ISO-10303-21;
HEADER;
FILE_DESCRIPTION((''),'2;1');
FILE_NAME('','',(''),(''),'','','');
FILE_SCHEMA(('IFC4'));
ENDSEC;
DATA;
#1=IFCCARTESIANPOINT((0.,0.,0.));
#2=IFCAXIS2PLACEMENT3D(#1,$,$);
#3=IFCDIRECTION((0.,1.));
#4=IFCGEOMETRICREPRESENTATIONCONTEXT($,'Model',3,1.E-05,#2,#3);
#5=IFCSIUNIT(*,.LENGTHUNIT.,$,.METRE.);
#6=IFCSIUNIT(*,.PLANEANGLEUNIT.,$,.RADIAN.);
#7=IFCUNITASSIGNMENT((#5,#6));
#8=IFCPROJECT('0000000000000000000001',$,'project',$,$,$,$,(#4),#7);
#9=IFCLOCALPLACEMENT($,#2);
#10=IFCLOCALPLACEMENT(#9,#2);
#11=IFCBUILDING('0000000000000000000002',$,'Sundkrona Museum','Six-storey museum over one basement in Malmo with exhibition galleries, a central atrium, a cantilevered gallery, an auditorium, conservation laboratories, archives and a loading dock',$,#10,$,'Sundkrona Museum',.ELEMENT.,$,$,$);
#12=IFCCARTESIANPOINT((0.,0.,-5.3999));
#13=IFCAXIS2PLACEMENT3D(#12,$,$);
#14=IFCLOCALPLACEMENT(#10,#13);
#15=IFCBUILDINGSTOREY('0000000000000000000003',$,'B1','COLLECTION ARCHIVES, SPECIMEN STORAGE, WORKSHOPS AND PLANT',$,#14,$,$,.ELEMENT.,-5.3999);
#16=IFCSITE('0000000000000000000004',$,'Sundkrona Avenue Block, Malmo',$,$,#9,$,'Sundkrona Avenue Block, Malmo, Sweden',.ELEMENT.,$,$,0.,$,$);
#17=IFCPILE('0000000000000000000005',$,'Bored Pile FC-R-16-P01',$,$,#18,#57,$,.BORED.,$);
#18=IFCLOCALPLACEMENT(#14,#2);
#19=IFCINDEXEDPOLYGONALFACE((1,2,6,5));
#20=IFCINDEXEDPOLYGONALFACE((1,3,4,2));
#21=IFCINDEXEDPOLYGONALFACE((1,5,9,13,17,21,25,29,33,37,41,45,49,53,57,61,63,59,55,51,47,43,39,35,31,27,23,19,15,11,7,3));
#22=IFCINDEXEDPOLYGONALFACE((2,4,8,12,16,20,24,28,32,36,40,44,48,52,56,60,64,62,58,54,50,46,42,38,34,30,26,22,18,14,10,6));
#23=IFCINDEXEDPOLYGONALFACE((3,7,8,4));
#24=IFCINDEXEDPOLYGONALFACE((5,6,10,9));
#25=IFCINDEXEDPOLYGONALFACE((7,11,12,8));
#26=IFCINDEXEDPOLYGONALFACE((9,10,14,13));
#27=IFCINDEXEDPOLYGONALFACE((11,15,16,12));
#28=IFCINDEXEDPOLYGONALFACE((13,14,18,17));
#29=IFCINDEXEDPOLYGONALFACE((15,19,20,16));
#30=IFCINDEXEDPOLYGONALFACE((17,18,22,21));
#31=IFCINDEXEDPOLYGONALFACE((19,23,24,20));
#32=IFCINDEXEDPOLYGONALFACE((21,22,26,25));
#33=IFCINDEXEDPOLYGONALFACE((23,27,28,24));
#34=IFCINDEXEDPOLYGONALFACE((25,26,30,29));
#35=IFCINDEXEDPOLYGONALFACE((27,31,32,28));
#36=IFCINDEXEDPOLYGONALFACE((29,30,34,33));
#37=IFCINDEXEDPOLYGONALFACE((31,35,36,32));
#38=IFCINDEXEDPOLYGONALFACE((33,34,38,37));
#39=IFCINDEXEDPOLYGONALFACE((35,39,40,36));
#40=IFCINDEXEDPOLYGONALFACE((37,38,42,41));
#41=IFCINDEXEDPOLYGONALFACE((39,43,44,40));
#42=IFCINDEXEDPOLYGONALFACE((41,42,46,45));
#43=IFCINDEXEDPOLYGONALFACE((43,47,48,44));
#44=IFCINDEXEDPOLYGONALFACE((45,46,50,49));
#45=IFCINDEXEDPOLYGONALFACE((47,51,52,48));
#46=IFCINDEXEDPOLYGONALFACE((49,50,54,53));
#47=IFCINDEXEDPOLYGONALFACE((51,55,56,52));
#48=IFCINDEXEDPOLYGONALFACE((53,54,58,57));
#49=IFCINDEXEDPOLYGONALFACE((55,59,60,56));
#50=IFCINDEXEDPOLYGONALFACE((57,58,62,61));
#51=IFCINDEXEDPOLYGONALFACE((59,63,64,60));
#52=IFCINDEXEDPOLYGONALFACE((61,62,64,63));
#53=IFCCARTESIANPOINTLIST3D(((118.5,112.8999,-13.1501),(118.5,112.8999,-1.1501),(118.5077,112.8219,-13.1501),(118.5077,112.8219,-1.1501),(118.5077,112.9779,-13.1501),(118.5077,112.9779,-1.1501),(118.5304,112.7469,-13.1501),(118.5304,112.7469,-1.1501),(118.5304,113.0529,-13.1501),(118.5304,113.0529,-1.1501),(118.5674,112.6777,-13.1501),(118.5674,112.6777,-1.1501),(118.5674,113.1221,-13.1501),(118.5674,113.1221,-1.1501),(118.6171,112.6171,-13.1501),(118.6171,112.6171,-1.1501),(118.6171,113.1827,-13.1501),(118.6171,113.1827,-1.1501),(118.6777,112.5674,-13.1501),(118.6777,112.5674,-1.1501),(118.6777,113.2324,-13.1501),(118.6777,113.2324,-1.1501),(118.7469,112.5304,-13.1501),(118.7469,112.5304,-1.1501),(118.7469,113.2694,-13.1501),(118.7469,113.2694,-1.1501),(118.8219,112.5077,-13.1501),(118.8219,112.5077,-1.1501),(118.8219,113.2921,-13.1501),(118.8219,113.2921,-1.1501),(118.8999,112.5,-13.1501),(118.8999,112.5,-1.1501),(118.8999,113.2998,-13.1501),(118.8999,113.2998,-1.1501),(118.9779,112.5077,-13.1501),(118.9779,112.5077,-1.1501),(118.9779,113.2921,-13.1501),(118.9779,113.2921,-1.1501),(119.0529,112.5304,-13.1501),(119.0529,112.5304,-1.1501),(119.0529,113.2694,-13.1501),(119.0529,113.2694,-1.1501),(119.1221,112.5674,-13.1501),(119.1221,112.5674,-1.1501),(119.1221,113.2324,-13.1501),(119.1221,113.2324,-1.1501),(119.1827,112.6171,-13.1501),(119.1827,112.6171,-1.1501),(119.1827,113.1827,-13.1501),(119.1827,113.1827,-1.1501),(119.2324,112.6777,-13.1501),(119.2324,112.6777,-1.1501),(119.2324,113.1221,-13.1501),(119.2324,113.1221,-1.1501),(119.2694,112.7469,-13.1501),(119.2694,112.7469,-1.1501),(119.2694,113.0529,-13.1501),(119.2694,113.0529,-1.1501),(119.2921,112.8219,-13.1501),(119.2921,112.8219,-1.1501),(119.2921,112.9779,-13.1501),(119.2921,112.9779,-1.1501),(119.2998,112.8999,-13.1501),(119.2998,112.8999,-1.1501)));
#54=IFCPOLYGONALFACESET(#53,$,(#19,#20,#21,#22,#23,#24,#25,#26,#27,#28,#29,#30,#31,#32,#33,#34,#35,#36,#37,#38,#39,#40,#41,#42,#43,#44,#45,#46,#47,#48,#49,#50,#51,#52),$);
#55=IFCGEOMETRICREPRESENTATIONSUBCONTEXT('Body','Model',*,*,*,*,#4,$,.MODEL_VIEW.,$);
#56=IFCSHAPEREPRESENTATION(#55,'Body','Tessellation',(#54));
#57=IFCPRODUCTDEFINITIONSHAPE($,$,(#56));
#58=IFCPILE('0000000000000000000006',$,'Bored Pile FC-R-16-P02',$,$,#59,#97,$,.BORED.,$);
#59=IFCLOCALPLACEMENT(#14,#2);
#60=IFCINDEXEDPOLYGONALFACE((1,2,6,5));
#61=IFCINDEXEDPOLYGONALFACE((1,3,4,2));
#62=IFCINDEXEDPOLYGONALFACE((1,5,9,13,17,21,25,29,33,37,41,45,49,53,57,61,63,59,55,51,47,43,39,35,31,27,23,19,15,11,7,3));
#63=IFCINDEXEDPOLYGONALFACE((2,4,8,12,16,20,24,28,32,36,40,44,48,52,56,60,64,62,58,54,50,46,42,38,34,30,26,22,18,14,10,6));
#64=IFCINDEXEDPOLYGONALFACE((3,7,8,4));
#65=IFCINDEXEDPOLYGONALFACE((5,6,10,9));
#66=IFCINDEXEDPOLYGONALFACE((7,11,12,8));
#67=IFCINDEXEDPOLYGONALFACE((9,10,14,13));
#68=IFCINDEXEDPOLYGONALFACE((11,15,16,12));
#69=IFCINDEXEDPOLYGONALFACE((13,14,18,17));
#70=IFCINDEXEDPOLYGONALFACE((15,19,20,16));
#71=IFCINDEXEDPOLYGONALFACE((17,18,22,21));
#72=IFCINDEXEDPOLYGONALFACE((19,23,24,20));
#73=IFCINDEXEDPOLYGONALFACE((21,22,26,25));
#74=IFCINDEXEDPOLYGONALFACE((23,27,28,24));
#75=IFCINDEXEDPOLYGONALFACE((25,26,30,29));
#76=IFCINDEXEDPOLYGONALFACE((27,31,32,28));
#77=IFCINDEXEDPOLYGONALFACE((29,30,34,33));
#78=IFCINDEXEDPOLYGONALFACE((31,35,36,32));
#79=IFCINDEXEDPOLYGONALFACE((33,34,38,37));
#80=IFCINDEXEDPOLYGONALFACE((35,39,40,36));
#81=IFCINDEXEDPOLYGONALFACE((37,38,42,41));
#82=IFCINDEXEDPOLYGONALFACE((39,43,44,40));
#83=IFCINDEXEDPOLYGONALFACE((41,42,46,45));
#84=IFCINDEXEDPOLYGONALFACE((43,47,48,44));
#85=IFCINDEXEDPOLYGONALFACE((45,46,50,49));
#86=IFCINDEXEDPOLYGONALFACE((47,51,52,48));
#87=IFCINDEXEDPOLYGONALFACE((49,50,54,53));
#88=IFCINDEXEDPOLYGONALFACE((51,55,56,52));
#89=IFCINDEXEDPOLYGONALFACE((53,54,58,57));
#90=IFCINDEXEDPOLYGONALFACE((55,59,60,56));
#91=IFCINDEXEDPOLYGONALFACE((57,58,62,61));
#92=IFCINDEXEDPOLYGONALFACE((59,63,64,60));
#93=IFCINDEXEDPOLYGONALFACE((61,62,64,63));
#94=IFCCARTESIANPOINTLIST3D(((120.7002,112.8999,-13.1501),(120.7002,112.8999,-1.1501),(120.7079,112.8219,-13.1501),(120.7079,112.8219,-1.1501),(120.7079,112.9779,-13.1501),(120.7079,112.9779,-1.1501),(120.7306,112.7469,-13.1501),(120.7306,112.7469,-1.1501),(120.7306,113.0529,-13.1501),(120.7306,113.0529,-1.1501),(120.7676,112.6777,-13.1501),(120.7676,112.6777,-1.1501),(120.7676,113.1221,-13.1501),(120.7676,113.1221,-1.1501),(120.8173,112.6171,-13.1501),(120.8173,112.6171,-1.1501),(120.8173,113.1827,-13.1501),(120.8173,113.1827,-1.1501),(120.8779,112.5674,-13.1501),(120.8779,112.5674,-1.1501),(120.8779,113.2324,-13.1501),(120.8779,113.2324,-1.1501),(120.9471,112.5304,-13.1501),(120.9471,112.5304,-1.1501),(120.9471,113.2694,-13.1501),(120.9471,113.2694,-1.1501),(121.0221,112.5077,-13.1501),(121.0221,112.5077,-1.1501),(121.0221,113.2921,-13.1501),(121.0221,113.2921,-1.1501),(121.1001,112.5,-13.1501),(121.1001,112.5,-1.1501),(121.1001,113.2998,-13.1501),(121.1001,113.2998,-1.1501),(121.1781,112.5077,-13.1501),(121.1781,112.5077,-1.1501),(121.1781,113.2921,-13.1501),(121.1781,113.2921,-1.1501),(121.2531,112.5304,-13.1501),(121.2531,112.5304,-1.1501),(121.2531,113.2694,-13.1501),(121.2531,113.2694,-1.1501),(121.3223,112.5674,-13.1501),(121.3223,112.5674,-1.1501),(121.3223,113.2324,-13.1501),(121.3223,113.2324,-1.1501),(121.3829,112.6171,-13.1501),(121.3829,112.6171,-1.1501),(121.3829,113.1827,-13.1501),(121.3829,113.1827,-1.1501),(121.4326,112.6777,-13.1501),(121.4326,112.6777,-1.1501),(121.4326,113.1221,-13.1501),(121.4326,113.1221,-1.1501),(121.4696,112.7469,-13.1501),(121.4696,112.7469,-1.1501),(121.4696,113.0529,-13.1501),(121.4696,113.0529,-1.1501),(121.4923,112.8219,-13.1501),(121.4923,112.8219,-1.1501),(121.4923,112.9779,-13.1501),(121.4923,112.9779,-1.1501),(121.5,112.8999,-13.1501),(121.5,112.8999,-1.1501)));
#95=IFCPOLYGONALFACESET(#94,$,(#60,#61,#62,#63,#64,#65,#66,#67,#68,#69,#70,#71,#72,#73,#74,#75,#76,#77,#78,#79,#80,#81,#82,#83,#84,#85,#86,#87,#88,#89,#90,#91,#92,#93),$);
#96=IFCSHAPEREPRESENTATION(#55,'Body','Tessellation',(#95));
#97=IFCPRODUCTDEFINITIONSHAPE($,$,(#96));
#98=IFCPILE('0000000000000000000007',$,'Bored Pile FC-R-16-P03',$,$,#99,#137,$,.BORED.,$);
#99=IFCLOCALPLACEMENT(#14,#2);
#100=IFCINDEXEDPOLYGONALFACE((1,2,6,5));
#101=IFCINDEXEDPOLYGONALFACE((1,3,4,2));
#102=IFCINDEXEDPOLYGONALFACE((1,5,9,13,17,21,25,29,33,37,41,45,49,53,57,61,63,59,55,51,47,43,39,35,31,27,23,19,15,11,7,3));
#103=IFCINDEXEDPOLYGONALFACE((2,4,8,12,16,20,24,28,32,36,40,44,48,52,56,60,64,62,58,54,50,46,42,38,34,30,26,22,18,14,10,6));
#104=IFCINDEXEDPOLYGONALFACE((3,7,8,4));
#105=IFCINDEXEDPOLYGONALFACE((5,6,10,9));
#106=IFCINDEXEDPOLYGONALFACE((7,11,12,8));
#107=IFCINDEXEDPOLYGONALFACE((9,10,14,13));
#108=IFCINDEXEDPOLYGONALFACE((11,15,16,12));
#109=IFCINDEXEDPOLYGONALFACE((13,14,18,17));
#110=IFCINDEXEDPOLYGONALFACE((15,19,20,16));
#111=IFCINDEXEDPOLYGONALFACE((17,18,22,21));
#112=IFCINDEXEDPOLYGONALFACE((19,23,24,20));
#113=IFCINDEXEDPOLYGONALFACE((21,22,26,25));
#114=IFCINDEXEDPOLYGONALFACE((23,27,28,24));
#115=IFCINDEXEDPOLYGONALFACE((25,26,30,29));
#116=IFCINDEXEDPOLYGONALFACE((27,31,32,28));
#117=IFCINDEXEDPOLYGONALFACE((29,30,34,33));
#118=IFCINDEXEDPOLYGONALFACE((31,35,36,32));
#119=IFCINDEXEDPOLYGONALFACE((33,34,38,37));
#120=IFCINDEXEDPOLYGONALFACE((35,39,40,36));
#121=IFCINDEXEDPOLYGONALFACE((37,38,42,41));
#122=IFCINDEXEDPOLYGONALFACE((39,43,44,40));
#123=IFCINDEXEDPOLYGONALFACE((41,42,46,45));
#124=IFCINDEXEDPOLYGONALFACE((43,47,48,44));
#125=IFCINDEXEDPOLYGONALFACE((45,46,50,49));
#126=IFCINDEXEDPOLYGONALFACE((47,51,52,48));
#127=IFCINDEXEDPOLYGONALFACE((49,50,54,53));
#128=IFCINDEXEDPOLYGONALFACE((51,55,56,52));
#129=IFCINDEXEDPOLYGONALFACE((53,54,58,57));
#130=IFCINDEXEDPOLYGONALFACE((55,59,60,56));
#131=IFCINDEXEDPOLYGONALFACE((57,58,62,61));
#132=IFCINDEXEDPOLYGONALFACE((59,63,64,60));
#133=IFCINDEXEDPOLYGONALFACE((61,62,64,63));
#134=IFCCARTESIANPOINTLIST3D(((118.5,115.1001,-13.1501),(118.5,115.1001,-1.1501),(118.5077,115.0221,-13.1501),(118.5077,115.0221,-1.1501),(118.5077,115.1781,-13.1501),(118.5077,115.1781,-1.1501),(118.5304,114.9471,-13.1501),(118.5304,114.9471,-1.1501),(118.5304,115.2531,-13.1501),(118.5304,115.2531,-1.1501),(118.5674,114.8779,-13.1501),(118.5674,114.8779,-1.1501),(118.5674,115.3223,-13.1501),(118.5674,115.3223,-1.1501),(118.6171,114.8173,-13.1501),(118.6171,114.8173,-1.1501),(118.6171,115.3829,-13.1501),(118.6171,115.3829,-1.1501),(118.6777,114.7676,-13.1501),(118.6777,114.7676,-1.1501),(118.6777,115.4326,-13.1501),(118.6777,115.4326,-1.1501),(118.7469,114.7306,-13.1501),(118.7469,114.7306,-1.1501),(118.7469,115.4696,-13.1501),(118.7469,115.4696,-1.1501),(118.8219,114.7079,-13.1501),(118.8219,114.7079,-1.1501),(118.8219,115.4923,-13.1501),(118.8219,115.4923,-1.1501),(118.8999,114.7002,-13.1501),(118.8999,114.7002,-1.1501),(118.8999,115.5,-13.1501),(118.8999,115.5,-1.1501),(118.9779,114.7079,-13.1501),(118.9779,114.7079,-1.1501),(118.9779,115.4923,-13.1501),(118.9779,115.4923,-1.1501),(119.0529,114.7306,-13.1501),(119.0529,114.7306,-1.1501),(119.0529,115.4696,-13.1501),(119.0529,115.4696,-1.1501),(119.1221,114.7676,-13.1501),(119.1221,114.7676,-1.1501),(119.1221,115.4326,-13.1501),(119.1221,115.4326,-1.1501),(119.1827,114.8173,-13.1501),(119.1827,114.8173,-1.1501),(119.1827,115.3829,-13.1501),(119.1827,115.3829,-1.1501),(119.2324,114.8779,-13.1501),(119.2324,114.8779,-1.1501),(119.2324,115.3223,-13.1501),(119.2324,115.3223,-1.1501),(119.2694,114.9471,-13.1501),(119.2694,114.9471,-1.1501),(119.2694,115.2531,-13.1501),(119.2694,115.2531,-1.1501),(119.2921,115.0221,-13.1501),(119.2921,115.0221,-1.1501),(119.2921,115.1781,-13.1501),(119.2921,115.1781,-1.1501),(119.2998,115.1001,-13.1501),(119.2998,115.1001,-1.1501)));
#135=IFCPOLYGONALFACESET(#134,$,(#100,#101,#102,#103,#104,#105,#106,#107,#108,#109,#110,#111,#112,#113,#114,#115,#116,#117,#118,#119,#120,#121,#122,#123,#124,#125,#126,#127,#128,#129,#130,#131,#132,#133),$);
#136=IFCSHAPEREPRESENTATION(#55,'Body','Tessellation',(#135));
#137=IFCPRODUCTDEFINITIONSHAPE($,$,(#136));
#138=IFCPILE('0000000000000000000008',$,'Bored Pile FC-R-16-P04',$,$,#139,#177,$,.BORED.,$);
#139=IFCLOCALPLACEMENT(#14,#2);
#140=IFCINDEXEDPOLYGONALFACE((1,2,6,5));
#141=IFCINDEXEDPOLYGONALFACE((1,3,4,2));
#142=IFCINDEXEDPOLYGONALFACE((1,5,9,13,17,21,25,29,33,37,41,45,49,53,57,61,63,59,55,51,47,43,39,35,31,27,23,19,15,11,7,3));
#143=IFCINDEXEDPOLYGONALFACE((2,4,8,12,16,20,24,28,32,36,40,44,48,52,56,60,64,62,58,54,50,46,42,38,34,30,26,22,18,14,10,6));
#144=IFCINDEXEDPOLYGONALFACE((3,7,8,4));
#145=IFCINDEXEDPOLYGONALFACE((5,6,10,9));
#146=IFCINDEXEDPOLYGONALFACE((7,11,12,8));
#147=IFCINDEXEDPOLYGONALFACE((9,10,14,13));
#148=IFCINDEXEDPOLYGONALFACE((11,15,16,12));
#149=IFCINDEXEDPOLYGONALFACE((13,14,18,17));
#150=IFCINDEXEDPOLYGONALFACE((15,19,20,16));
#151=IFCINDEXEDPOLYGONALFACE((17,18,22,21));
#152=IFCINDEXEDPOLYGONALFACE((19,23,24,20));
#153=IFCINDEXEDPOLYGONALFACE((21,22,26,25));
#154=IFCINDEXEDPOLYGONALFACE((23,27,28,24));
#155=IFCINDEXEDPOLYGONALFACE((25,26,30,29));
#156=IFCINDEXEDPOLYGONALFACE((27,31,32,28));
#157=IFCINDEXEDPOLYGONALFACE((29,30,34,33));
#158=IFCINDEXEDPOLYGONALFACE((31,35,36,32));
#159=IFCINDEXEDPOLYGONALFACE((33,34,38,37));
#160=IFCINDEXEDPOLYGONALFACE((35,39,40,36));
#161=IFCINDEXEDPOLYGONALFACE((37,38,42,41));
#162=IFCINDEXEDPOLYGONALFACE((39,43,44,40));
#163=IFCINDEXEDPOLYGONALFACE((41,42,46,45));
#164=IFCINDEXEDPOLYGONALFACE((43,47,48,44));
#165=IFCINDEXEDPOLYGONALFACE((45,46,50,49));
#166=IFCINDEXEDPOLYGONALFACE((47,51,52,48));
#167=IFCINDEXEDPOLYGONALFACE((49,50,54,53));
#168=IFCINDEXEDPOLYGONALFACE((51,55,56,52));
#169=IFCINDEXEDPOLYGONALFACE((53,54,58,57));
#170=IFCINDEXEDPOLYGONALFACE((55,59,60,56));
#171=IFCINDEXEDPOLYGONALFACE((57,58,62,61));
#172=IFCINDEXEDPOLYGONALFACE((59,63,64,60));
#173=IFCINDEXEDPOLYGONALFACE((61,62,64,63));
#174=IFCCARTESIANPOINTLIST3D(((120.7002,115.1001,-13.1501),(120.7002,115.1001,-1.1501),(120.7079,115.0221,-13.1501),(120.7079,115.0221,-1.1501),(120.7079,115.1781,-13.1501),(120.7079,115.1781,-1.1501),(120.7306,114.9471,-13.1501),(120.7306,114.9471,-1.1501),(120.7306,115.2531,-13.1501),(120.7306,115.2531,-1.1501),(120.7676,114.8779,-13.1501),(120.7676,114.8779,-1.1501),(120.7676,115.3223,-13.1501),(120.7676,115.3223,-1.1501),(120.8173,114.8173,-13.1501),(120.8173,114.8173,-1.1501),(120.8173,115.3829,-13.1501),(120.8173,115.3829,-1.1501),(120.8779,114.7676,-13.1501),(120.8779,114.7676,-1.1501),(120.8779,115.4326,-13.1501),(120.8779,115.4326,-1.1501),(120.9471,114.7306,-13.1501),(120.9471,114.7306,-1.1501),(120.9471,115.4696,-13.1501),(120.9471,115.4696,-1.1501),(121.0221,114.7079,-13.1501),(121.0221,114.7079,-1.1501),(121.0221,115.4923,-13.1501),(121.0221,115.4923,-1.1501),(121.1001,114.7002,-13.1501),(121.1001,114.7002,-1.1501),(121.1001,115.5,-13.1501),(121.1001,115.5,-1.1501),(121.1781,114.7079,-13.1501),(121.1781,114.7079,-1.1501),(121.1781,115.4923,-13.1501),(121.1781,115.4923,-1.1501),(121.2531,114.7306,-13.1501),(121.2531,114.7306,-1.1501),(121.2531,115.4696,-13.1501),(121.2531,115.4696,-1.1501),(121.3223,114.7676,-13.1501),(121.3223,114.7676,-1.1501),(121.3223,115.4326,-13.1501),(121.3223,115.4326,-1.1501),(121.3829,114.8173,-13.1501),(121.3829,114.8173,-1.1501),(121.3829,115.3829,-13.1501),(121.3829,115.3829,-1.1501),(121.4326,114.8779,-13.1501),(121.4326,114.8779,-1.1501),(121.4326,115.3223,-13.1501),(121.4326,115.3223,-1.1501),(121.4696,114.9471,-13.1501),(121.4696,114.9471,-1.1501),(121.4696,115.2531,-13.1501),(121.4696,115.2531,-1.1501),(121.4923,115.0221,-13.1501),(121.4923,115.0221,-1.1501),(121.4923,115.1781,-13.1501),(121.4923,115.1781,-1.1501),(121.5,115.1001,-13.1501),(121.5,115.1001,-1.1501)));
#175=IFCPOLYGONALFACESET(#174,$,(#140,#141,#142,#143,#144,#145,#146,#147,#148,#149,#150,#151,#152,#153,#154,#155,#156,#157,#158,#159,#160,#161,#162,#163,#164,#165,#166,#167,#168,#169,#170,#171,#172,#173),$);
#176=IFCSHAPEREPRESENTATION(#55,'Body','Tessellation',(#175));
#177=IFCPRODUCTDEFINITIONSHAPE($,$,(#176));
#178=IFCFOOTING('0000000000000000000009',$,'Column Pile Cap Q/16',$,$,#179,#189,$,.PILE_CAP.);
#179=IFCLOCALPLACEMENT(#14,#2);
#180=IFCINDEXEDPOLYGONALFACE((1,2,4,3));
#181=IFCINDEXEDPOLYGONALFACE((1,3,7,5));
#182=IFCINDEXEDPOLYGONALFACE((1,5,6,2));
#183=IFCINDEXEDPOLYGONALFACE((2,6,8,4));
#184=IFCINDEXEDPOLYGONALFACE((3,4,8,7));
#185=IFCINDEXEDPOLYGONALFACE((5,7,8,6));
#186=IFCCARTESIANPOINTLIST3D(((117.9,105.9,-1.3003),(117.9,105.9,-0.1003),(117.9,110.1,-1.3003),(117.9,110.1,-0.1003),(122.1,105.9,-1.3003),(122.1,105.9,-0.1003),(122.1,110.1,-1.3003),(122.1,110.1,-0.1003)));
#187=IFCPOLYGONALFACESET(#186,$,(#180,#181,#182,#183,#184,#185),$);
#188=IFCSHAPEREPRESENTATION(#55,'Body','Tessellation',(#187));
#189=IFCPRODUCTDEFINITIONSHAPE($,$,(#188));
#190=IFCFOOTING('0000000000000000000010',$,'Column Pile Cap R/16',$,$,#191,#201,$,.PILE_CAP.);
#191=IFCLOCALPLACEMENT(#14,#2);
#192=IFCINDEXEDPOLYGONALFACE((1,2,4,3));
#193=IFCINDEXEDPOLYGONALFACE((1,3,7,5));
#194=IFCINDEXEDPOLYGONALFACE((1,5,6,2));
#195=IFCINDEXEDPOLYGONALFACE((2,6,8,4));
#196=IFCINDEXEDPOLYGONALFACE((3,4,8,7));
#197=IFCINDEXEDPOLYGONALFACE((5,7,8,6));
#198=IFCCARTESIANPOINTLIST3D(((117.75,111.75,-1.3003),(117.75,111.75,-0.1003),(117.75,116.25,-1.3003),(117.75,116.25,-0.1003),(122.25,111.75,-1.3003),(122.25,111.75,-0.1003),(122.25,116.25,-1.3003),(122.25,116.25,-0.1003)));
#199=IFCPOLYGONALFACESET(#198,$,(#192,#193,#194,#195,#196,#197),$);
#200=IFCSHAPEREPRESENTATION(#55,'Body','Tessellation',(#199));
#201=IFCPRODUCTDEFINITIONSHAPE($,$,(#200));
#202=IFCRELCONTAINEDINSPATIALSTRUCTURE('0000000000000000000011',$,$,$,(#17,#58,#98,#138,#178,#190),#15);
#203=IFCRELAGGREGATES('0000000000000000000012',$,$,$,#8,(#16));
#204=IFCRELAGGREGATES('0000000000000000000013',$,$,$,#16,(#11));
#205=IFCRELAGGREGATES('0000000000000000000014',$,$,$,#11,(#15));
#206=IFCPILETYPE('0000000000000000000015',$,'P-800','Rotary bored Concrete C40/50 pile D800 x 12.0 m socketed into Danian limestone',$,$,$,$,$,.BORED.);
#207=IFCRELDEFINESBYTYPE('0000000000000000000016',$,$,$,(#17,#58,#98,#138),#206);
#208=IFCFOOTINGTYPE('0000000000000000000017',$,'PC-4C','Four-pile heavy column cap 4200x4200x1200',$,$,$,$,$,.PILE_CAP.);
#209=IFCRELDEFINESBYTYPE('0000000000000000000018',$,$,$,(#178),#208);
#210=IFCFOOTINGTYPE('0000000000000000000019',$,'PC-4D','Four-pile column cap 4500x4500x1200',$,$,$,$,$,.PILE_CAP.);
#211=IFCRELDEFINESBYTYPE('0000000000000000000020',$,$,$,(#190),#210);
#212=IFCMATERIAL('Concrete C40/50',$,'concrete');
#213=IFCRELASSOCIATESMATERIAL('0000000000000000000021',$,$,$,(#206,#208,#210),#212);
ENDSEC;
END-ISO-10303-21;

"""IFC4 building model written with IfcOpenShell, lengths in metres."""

from ifc_helpers import new_model, si_unit, direction, frame, origin, origin_2d, place, context, subcontext, project, spatial, rectangle, circle, extrude, material, material_profile, profile_set, type_object, element, save


model = new_model("IFC4")

# Units and contexts
model_context = context("Model", 3, precision=1e-05, world=origin(), true_north=direction((0.0, 1.0)))
body_context = subcontext(model_context, "Body", "Model", "MODEL_VIEW")
ifc_project = project(units=[si_unit("LENGTHUNIT", "METRE"), si_unit("PLANEANGLEUNIT", "RADIAN")], contexts=[model_context])

# Site, building, storey
site_placement = place(None, origin())
site = spatial("IfcSite", under=ifc_project, at=site_placement, Name="Sundkrona Avenue Block, Malmo", LongName="Sundkrona Avenue Block, Malmo, Sweden", CompositionType="ELEMENT", RefElevation=0.0)
building_placement = place(site_placement, origin())
building = spatial("IfcBuilding", under=site, at=building_placement, Name="Sundkrona Museum", Description="Six-storey museum over one basement in Malmo with exhibition galleries, a central atrium, a cantilevered gallery, an auditorium, conservation laboratories, archives and a loading dock", LongName="Sundkrona Museum", CompositionType="ELEMENT")
storey_placement = place(building_placement, frame((0.0, 0.0, -5.3999)))
storey = spatial("IfcBuildingStorey", under=building, at=storey_placement, Name="B1", Description="COLLECTION ARCHIVES, SPECIMEN STORAGE, WORKSHOPS AND PLANT", CompositionType="ELEMENT", Elevation=-5.3999)

# Shared definitions
ifc_material_1 = material(Name="Concrete C40/50", Category="concrete")

# Piles
ifc_material_profile_1 = material_profile(ifc_material_1, circle(Radius=0.3999, at=origin_2d()), Name="PILE D800")
ifc_profile_set_1 = profile_set([ifc_material_profile_1], Name="Concrete C40/50")
pile_type = type_object("IfcPileType", Name="P-800", Description="Rotary bored Concrete C40/50 pile D800 x 12.0 m socketed into Danian limestone", PredefinedType="BORED", material=ifc_profile_set_1)
for number, where, z_axis, x_axis, name in (
    (1, (118.8999, 112.8999, -1.1501), (0.0, 0.0, -1.0), (1.0, 0.0, 0.0), "Bored Pile FC-R-16-P01"),
    (2, (121.1001, 112.8999, -1.1501), (0.0, 0.0, -1.0), (1.0, 0.0, 0.0), "Bored Pile FC-R-16-P02"),
    (3, (118.8999, 115.1001, -1.1501), (0.0, 0.0, -1.0), (1.0, 0.0, 0.0), "Bored Pile FC-R-16-P03"),
    (4, (121.1001, 115.1001, -1.1501), (0.0, 0.0, -1.0), (1.0, 0.0, 0.0), "Bored Pile FC-R-16-P04"),
):
    element("IfcPile", number, at=place(storey_placement, frame(where, z_axis=z_axis, x_axis=x_axis)), inside=storey, type_object=pile_type, Name=name, PredefinedType="BORED", context=body_context, shape_type="SweptSolid", body=[
        extrude(circle(Radius=0.3999, at=origin_2d()), origin(), (0.0, 0.0, 1.0), 12.0),
    ])

# Footings
footing_type_1 = type_object("IfcFootingType", Name="PC-4C", Description="Four-pile heavy column cap 4200x4200x1200", PredefinedType="PILE_CAP", material=ifc_material_1)
footing_1_placement = place(storey_placement, frame((120.0, 108.0, -1.3003), z_axis=(0.0, 0.0, 1.0), x_axis=(1.0, 0.0, 0.0)))
element("IfcFooting", 5, at=footing_1_placement, inside=storey, type_object=footing_type_1, Name="Column Pile Cap Q/16", PredefinedType="PILE_CAP", context=body_context, shape_type="SweptSolid", body=[
    extrude(rectangle(XDim=4.2, YDim=4.2, at=origin_2d()), origin(), (0.0, 0.0, 1.0), 1.2),
])
footing_type_2 = type_object("IfcFootingType", Name="PC-4D", Description="Four-pile column cap 4500x4500x1200", PredefinedType="PILE_CAP", material=ifc_material_1)
footing_2_placement = place(storey_placement, frame((120.0, 114.0, -1.3003), z_axis=(0.0, 0.0, 1.0), x_axis=(1.0, 0.0, 0.0)))
element("IfcFooting", 6, at=footing_2_placement, inside=storey, type_object=footing_type_2, Name="Column Pile Cap R/16", PredefinedType="PILE_CAP", context=body_context, shape_type="SweptSolid", body=[
    extrude(rectangle(XDim=4.5, YDim=4.5, at=origin_2d()), origin(), (0.0, 0.0, 1.0), 1.2),
])

save(model, "model.ifc")
